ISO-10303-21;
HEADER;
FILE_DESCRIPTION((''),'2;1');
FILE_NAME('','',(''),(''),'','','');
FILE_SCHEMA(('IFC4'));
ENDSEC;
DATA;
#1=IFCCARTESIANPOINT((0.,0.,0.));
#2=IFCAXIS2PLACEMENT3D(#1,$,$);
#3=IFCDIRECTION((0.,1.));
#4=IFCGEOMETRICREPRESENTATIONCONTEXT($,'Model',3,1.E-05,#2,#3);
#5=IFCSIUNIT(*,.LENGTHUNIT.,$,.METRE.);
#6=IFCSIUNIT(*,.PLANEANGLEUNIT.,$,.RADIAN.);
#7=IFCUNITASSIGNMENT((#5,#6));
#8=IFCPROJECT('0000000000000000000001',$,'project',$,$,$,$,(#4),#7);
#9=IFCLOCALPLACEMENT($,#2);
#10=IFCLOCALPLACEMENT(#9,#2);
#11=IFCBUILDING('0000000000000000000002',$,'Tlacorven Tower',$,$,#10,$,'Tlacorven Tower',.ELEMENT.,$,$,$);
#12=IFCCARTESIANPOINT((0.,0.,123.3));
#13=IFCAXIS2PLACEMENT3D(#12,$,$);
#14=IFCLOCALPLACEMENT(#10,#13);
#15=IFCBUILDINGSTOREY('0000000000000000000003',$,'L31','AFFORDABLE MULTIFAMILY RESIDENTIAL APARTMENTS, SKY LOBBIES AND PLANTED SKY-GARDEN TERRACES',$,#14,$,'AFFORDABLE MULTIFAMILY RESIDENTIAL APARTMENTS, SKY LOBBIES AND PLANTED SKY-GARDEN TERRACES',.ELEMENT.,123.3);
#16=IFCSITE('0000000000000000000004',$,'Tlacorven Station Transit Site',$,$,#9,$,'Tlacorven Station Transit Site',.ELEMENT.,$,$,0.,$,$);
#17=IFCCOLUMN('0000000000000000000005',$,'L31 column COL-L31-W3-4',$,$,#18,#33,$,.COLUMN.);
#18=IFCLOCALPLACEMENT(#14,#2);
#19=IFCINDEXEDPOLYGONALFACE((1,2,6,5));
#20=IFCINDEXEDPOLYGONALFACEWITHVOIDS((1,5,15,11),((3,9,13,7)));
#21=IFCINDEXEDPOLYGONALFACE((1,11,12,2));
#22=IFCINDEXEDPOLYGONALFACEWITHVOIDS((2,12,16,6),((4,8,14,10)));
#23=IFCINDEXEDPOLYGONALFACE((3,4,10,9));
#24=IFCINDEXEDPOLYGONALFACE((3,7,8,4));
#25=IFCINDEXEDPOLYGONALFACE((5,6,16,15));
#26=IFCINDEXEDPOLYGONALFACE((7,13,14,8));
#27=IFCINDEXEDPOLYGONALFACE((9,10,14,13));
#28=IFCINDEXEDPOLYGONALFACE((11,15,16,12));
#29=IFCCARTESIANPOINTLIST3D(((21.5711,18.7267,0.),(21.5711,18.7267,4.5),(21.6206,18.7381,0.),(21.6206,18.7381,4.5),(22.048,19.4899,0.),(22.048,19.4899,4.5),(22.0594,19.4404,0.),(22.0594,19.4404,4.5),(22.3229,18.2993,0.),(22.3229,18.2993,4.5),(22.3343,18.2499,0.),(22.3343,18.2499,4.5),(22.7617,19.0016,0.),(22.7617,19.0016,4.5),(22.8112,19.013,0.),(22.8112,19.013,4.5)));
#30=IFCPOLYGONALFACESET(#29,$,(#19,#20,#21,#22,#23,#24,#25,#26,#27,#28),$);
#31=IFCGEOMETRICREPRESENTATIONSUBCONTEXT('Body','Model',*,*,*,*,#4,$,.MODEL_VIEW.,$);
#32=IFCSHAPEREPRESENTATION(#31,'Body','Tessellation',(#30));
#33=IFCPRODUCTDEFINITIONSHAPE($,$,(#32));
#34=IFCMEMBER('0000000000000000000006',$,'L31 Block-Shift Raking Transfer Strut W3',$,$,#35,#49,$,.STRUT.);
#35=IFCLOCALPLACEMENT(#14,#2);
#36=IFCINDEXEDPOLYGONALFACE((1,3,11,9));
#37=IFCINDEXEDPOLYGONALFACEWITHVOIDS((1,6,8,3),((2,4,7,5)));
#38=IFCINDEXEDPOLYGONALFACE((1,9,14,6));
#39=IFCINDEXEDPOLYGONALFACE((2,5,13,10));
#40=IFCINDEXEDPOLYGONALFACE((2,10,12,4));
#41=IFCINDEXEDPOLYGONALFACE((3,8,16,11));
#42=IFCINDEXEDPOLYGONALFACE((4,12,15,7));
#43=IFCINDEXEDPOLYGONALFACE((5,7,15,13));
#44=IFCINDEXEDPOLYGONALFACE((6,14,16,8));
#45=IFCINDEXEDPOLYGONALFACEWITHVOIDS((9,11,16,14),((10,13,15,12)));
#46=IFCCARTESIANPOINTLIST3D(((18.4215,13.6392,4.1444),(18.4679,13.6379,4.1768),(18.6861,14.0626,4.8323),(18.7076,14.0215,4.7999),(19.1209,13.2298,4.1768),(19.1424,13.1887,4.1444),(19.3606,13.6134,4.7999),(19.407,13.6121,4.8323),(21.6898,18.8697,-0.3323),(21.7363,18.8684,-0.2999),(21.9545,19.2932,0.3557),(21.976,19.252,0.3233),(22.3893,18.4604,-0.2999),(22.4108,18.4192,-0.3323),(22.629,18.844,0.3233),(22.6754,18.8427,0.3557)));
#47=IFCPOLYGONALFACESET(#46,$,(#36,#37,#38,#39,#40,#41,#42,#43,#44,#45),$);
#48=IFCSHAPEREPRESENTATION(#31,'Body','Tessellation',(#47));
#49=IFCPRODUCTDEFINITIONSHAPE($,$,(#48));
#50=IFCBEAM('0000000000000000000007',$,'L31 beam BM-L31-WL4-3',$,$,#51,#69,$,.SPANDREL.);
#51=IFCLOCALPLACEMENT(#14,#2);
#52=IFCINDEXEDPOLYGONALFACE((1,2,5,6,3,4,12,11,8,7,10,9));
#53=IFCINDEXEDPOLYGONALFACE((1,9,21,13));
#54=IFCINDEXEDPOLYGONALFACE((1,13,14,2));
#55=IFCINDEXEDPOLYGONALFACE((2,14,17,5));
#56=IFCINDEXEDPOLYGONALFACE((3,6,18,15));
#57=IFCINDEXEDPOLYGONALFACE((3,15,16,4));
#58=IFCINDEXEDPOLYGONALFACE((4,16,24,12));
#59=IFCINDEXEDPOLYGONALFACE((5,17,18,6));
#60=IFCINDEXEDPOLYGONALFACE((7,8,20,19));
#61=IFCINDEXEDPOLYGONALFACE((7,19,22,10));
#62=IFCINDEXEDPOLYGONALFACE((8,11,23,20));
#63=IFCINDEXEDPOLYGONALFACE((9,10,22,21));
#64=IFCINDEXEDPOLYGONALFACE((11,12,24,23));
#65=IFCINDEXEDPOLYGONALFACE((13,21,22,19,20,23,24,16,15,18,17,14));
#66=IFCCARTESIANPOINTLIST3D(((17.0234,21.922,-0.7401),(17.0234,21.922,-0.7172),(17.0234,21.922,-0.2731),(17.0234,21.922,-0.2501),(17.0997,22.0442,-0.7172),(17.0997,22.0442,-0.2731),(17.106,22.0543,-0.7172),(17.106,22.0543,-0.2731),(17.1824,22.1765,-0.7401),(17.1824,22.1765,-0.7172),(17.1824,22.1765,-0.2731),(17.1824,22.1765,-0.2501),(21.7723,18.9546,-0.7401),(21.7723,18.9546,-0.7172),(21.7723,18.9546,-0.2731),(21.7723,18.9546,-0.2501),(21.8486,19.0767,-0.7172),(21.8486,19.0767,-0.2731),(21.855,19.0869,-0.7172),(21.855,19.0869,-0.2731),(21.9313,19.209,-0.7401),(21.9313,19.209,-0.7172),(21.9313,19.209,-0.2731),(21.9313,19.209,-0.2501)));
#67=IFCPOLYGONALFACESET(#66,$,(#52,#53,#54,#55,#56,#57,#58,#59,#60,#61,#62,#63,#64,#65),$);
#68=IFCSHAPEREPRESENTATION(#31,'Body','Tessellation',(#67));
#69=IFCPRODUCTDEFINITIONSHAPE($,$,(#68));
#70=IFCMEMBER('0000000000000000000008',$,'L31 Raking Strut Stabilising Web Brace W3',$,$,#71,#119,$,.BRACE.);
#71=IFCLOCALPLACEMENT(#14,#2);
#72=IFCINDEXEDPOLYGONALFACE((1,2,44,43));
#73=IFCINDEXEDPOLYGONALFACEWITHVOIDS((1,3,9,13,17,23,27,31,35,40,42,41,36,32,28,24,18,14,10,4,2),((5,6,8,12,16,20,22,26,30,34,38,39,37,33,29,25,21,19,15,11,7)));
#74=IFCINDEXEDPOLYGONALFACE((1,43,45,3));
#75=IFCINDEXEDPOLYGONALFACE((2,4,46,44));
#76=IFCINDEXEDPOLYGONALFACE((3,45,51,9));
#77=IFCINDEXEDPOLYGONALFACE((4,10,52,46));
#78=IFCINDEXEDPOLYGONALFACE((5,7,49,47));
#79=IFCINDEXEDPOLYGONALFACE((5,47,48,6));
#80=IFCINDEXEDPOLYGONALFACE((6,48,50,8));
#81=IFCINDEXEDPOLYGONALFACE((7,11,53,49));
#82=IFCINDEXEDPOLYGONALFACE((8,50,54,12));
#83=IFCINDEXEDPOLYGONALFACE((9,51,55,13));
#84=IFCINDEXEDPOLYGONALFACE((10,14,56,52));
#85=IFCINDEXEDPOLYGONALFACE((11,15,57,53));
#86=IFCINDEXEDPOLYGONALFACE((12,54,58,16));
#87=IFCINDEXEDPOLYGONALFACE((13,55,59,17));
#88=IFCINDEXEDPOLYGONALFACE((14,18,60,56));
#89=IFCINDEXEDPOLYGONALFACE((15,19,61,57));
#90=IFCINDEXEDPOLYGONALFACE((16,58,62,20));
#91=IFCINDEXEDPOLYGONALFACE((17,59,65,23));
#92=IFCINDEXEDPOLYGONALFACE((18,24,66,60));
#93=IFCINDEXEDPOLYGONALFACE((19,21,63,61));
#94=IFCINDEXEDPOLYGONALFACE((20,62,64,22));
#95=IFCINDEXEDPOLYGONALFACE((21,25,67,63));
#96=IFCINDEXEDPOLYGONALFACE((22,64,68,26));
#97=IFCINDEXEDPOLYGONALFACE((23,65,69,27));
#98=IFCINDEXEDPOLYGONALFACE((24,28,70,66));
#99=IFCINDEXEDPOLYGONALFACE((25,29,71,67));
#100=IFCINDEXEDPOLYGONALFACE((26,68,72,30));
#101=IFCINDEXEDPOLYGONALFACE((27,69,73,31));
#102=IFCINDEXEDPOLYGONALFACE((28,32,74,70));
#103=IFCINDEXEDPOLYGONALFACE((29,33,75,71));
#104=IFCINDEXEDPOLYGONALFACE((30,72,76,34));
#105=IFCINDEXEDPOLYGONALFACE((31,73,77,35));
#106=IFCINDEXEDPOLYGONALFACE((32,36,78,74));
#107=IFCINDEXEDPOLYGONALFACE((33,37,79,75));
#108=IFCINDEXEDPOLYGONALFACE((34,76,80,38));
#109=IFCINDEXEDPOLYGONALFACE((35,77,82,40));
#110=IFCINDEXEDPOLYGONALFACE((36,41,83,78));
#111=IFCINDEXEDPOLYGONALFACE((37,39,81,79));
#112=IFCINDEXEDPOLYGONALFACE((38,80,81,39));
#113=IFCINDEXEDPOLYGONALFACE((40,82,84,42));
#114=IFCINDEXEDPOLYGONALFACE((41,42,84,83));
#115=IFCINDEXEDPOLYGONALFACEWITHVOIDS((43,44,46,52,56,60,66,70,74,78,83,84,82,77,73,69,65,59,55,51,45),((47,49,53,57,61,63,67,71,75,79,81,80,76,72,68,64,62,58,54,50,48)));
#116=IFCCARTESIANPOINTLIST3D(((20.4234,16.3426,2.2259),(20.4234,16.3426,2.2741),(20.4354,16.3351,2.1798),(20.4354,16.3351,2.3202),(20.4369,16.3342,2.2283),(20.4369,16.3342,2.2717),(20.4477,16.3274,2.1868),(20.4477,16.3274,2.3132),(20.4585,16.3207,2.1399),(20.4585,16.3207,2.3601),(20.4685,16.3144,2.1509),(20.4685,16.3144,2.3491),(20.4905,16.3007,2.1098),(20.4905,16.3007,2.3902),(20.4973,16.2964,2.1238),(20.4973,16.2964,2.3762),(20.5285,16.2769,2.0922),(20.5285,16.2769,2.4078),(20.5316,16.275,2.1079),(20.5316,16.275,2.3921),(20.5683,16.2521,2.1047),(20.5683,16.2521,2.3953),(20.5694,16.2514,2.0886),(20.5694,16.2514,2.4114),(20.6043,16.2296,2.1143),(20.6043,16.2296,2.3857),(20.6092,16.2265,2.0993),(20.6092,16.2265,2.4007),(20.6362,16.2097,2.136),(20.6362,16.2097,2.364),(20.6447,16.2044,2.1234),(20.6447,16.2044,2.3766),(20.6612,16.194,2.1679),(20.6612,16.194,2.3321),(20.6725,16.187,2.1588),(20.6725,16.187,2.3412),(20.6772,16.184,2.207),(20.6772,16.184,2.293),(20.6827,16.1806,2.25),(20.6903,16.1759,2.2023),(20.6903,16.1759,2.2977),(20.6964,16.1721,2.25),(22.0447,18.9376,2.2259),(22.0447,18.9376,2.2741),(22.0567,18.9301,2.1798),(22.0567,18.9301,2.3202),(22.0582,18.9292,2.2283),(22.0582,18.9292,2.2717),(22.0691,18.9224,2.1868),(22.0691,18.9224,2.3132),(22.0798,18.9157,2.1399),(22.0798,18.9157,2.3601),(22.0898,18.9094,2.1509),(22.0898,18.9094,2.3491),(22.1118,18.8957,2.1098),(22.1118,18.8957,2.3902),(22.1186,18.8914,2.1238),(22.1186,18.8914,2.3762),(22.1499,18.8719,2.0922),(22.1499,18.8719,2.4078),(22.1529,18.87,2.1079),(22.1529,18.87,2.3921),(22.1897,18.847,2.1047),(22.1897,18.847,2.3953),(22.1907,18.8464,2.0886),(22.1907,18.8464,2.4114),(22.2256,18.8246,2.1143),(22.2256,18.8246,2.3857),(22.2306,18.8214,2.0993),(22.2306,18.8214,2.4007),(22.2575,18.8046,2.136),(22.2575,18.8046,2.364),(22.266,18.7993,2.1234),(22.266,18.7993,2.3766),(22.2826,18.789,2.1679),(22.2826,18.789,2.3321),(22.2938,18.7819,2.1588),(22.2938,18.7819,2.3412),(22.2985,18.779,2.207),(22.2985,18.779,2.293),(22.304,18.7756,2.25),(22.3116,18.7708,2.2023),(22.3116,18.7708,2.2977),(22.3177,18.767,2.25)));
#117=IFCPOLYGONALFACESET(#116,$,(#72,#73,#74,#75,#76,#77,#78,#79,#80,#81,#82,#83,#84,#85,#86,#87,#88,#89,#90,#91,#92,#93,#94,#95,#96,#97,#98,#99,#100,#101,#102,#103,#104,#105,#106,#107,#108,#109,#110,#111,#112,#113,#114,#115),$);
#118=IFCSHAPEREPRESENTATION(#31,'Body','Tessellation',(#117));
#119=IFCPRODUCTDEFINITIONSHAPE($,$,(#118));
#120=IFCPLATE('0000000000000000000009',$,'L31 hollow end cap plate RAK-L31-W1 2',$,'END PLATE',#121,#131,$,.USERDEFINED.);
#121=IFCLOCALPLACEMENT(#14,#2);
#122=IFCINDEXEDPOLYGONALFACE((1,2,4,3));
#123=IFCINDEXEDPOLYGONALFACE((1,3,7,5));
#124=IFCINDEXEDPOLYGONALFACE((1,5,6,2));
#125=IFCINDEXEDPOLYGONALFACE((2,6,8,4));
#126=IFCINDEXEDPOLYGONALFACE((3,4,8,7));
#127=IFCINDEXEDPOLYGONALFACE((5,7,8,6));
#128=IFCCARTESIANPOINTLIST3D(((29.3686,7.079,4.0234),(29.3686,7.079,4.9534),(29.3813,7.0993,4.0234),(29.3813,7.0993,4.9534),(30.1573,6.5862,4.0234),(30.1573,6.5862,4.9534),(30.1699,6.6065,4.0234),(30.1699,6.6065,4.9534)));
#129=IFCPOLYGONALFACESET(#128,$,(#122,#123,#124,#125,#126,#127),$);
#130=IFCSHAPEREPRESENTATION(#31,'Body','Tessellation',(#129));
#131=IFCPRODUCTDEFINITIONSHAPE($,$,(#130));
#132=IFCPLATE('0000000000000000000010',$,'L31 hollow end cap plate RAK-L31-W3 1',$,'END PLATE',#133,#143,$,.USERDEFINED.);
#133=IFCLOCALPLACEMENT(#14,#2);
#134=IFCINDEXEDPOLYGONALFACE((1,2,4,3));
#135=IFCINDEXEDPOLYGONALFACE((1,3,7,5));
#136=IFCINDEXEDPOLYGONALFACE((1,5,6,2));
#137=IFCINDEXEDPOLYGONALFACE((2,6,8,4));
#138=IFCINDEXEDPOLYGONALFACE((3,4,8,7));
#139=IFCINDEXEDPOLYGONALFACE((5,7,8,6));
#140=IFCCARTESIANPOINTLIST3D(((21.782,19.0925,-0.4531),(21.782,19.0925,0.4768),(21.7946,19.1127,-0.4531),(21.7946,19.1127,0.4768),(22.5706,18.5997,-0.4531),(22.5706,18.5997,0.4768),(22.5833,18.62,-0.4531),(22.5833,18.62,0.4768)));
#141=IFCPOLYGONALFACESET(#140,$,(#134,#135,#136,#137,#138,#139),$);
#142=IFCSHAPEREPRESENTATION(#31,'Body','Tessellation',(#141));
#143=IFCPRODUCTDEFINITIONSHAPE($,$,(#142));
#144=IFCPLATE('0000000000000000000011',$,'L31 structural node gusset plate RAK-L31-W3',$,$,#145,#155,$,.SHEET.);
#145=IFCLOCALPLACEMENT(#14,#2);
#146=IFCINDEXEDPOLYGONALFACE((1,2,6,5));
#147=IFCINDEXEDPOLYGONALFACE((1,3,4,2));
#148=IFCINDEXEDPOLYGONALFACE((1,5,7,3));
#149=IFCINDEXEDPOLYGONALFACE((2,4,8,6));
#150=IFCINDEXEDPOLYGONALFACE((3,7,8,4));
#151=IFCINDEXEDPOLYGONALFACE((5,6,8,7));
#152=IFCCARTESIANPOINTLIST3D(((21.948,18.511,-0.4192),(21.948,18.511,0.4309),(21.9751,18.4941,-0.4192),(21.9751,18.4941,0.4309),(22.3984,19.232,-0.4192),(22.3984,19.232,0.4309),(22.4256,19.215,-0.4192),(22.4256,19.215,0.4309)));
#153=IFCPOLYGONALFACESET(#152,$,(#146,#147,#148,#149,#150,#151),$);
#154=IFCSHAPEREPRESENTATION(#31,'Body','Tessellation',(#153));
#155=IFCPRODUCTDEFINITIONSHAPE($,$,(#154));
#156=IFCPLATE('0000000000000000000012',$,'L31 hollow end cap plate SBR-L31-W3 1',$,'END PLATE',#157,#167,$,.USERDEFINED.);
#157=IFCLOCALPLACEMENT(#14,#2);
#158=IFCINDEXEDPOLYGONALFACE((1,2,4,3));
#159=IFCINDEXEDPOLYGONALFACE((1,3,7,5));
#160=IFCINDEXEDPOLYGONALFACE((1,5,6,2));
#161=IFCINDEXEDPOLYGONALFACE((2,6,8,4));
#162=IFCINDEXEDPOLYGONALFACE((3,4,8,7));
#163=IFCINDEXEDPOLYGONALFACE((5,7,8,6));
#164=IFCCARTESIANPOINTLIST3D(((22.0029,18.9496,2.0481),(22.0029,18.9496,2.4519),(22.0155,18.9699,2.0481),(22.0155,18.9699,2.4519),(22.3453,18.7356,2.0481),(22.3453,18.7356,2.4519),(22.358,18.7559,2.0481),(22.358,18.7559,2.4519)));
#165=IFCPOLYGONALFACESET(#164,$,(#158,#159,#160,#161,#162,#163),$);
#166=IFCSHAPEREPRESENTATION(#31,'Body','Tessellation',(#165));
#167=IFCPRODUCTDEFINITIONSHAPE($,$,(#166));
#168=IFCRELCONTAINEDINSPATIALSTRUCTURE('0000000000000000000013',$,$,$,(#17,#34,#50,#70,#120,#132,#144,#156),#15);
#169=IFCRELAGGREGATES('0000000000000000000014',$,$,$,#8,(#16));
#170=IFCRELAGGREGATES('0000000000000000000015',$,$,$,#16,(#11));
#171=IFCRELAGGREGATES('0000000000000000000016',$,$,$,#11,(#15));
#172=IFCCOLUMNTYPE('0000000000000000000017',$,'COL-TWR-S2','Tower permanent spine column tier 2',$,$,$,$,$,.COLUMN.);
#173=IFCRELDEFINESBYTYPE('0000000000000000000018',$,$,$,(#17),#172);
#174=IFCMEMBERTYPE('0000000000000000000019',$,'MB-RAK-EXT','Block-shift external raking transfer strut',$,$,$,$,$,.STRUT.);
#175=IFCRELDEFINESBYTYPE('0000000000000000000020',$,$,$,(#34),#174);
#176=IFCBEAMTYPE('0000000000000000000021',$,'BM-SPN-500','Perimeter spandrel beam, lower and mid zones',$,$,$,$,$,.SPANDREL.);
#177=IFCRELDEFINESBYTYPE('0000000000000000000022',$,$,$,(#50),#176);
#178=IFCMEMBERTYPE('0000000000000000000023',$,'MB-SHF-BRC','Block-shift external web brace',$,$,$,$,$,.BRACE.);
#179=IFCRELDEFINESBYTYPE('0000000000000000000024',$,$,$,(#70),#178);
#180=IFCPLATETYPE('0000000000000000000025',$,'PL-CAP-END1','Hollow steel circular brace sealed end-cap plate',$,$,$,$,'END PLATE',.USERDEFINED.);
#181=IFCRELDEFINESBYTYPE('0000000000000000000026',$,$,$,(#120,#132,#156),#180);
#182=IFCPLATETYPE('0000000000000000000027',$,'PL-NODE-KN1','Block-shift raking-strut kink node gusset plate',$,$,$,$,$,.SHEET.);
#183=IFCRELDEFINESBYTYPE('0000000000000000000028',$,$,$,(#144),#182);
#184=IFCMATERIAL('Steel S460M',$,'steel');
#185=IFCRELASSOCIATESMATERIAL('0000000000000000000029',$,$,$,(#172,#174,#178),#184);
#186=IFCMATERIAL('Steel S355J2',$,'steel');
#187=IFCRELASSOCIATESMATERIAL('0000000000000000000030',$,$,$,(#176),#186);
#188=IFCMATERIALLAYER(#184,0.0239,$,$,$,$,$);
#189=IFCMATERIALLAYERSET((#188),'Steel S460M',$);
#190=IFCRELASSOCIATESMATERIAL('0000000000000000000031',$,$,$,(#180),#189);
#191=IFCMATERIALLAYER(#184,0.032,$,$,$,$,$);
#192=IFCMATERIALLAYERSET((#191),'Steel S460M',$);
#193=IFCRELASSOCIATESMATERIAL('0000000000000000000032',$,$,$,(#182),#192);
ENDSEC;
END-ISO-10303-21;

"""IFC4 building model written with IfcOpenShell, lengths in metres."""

from ifc_helpers import new_model, si_unit, direction, frame, origin, origin_2d, place, context, subcontext, project, spatial, rectangle, hollow_rectangle, hollow_circle, i_section, extrude, source, transform, mapped, material, layer, layer_set, material_profile, profile_set, type_object, element, save


model = new_model("IFC4")

# Units and contexts
model_context = context("Model", 3, precision=1e-05, world=origin(), true_north=direction((0.0, 1.0)))
body_context = subcontext(model_context, "Body", "Model", "MODEL_VIEW")
ifc_project = project(units=[si_unit("LENGTHUNIT", "METRE"), si_unit("PLANEANGLEUNIT", "RADIAN")], contexts=[model_context])

# Site, building, storey
site_placement = place(None, origin())
site = spatial("IfcSite", under=ifc_project, at=site_placement, Name="Tlacorven Station Transit Site", LongName="Tlacorven Station Transit Site", CompositionType="ELEMENT", RefElevation=0.0)
building_placement = place(site_placement, origin())
building = spatial("IfcBuilding", under=site, at=building_placement, Name="Tlacorven Tower", LongName="Tlacorven Tower", CompositionType="ELEMENT")
storey_placement = place(building_placement, frame((0.0, 0.0, 123.3)))
storey = spatial("IfcBuildingStorey", under=building, at=storey_placement, Name="L31", Description="AFFORDABLE MULTIFAMILY RESIDENTIAL APARTMENTS, SKY LOBBIES AND PLANTED SKY-GARDEN TERRACES", LongName="AFFORDABLE MULTIFAMILY RESIDENTIAL APARTMENTS, SKY LOBBIES AND PLANTED SKY-GARDEN TERRACES", CompositionType="ELEMENT", Elevation=123.3)

# Column
ifc_material_1 = material(Name="Steel S460M", Category="steel")
ifc_material_profile_1 = material_profile(ifc_material_1, hollow_rectangle(XDim=0.8999, YDim=0.8999, WallThickness=0.0359, at=origin_2d()), Name="BOX 900X900X36")
ifc_profile_set_1 = profile_set([ifc_material_profile_1], Name="Steel S460M")
column_type = type_object("IfcColumnType", Name="COL-TWR-S2", Description="Tower permanent spine column tier 2", PredefinedType="COLUMN", material=ifc_profile_set_1)
shared_shape_1 = source(origin(), body_context, "Body", "SweptSolid", [
    extrude(hollow_rectangle(XDim=0.8999, YDim=0.8999, WallThickness=0.0359, at=origin_2d()), origin(), (0.0, 0.0, 1.0), 4.5),
])
column_placement = place(storey_placement, frame((22.1912, 18.8699, 0.0), z_axis=(0.0, 0.0, 1.0), x_axis=(-0.848048, 0.529919, 0.0)))
element("IfcColumn", 1, at=column_placement, inside=storey, type_object=column_type, Name="L31 column COL-L31-W3-4", PredefinedType="COLUMN", context=body_context, shape_type="MappedRepresentation", body=[
    mapped(shared_shape_1, transform((0.0, 0.0, 0.0), scale=1.0)),
])

# Member
ifc_material_profile_2 = material_profile(ifc_material_1, hollow_rectangle(XDim=0.8501, YDim=0.8501, WallThickness=0.04, at=origin_2d()), Name="BOX 850X850X40")
ifc_profile_set_2 = profile_set([ifc_material_profile_2], Name="Steel S460M")
member_type_1 = type_object("IfcMemberType", Name="MB-RAK-EXT", Description="Block-shift external raking transfer strut", PredefinedType="STRUT", material=ifc_profile_set_2)
shared_shape_2 = source(origin(), body_context, "Body", "SweptSolid", [
    extrude(hollow_rectangle(XDim=0.8501, YDim=0.8501, WallThickness=0.04, at=origin_2d()), origin(), (0.0, 0.0, 1.0), 7.6211),
])
member_1_placement = place(storey_placement, frame((22.1826, 18.8562, 0.0117), z_axis=(-0.428857, -0.686325, 0.5874), x_axis=(0.848052, -0.529914, 0.0)))
element("IfcMember", 2, at=member_1_placement, inside=storey, type_object=member_type_1, Name="L31 Block-Shift Raking Transfer Strut W3", PredefinedType="STRUT", context=body_context, shape_type="MappedRepresentation", body=[
    mapped(shared_shape_2, transform((0.0, 0.0, 0.0), scale=1.0)),
])

# Beam
ifc_material_2 = material(Name="Steel S355J2", Category="steel")
ifc_material_profile_3 = material_profile(ifc_material_2, i_section(OverallWidth=0.3, OverallDepth=0.49, WebThickness=0.012, FlangeThickness=0.0229, at=origin_2d()), Name="HEA 500")
ifc_profile_set_3 = profile_set([ifc_material_profile_3], Name="Steel S355J2")
beam_type = type_object("IfcBeamType", Name="BM-SPN-500", Description="Perimeter spandrel beam, lower and mid zones", PredefinedType="SPANDREL", material=ifc_profile_set_3)
shared_shape_3 = source(origin(), body_context, "Body", "SweptSolid", [
    extrude(i_section(OverallWidth=0.3, OverallDepth=0.49, WebThickness=0.012, FlangeThickness=0.0229, at=origin_2d()), origin(), (0.0, 0.0, 1.0), 5.5999),
])
beam_placement = place(storey_placement, frame((21.8518, 19.0818, -0.4951), z_axis=(-0.848047, 0.529921, 0.0), x_axis=(-0.529921, -0.848047, 0.0)))
element("IfcBeam", 3, at=beam_placement, inside=storey, type_object=beam_type, Name="L31 beam BM-L31-WL4-3", PredefinedType="SPANDREL", context=body_context, shape_type="MappedRepresentation", body=[
    mapped(shared_shape_3, transform((0.0, 0.0, 0.0), scale=1.0)),
])

# Member
ifc_material_profile_4 = material_profile(ifc_material_1, hollow_circle(Radius=0.1619, WallThickness=0.0161, at=origin_2d()), Name="CHS 323.9X16")
ifc_profile_set_4 = profile_set([ifc_material_profile_4], Name="Steel S460M")
member_type_2 = type_object("IfcMemberType", Name="MB-SHF-BRC", Description="Block-shift external web brace", PredefinedType="BRACE", material=ifc_profile_set_4)
shared_shape_4 = source(origin(), body_context, "Body", "SweptSolid", [
    extrude(hollow_circle(Radius=0.1619, WallThickness=0.0161, at=origin_2d()), origin(), (0.0, 0.0, 1.0), 3.0598),
])
member_2_placement = place(storey_placement, frame((22.1804, 18.8528, 2.25), z_axis=(-0.529877, -0.848074, 0.0), x_axis=(0.848074, -0.529877, 0.0)))
element("IfcMember", 4, at=member_2_placement, inside=storey, type_object=member_type_2, Name="L31 Raking Strut Stabilising Web Brace W3", PredefinedType="BRACE", context=body_context, shape_type="MappedRepresentation", body=[
    mapped(shared_shape_4, transform((0.0, 0.0, 0.0), scale=1.0)),
])

# Plates
ifc_layer_1 = layer(ifc_material_1, 0.0239)
ifc_layer_set_1 = layer_set([ifc_layer_1], Name="Steel S460M")
plate_type_1 = type_object("IfcPlateType", Name="PL-CAP-END1", Description="Hollow steel circular brace sealed end-cap plate", ElementType="END PLATE", PredefinedType="USERDEFINED", material=ifc_layer_set_1)
shared_shape_5 = source(origin(), body_context, "Body", "SweptSolid", [
    extrude(rectangle(XDim=0.0239, YDim=0.9299, at=origin_2d()), origin(), (0.0, 0.0, 1.0), 0.9299),
])
for number, where, z_axis, x_axis, name in (
    (5, (29.7693, 6.8428, 4.0234), (0.0, 0.0, 1.0), (-0.529919, -0.848048, 0.0), "L31 hollow end cap plate RAK-L31-W1 2"),
    (6, (22.1826, 18.8562, -0.4531), (0.0, 0.0, 1.0), (-0.529919, -0.848048, 0.0), "L31 hollow end cap plate RAK-L31-W3 1"),
):
    element("IfcPlate", number, at=place(storey_placement, frame(where, z_axis=z_axis, x_axis=x_axis)), inside=storey, type_object=plate_type_1, Name=name, ObjectType="END PLATE", PredefinedType="USERDEFINED", context=body_context, shape_type="MappedRepresentation", body=[
        mapped(shared_shape_5, transform((0.0, 0.0, 0.0), scale=1.0)),
    ])
ifc_layer_2 = layer(ifc_material_1, 0.032)
ifc_layer_set_2 = layer_set([ifc_layer_2], Name="Steel S460M")
plate_type_2 = type_object("IfcPlateType", Name="PL-NODE-KN1", Description="Block-shift raking-strut kink node gusset plate", PredefinedType="SHEET", material=ifc_layer_set_2)
shared_shape_6 = source(origin(), body_context, "Body", "SweptSolid", [
    extrude(rectangle(XDim=0.8501, YDim=0.032, at=origin_2d()), origin(), (0.0, 0.0, 1.0), 0.8501),
])
plate_1_placement = place(storey_placement, frame((22.1868, 18.863, -0.4192), z_axis=(0.0, 0.0, 1.0), x_axis=(-0.529919, -0.848048, 0.0)))
element("IfcPlate", 7, at=plate_1_placement, inside=storey, type_object=plate_type_2, Name="L31 structural node gusset plate RAK-L31-W3", PredefinedType="SHEET", context=body_context, shape_type="MappedRepresentation", body=[
    mapped(shared_shape_6, transform((0.0, 0.0, 0.0), scale=1.0)),
])
shared_shape_7 = source(origin(), body_context, "Body", "SweptSolid", [
    extrude(rectangle(XDim=0.0239, YDim=0.4038, at=origin_2d()), origin(), (0.0, 0.0, 1.0), 0.4038),
])
plate_2_placement = place(storey_placement, frame((22.1804, 18.8528, 2.0481), z_axis=(0.0, 0.0, 1.0), x_axis=(-0.52992, -0.848048, 0.0)))
element("IfcPlate", 8, at=plate_2_placement, inside=storey, type_object=plate_type_1, Name="L31 hollow end cap plate SBR-L31-W3 1", ObjectType="END PLATE", PredefinedType="USERDEFINED", context=body_context, shape_type="MappedRepresentation", body=[
    mapped(shared_shape_7, transform((0.0, 0.0, 0.0), scale=1.0)),
])

save(model, "model.ifc")
